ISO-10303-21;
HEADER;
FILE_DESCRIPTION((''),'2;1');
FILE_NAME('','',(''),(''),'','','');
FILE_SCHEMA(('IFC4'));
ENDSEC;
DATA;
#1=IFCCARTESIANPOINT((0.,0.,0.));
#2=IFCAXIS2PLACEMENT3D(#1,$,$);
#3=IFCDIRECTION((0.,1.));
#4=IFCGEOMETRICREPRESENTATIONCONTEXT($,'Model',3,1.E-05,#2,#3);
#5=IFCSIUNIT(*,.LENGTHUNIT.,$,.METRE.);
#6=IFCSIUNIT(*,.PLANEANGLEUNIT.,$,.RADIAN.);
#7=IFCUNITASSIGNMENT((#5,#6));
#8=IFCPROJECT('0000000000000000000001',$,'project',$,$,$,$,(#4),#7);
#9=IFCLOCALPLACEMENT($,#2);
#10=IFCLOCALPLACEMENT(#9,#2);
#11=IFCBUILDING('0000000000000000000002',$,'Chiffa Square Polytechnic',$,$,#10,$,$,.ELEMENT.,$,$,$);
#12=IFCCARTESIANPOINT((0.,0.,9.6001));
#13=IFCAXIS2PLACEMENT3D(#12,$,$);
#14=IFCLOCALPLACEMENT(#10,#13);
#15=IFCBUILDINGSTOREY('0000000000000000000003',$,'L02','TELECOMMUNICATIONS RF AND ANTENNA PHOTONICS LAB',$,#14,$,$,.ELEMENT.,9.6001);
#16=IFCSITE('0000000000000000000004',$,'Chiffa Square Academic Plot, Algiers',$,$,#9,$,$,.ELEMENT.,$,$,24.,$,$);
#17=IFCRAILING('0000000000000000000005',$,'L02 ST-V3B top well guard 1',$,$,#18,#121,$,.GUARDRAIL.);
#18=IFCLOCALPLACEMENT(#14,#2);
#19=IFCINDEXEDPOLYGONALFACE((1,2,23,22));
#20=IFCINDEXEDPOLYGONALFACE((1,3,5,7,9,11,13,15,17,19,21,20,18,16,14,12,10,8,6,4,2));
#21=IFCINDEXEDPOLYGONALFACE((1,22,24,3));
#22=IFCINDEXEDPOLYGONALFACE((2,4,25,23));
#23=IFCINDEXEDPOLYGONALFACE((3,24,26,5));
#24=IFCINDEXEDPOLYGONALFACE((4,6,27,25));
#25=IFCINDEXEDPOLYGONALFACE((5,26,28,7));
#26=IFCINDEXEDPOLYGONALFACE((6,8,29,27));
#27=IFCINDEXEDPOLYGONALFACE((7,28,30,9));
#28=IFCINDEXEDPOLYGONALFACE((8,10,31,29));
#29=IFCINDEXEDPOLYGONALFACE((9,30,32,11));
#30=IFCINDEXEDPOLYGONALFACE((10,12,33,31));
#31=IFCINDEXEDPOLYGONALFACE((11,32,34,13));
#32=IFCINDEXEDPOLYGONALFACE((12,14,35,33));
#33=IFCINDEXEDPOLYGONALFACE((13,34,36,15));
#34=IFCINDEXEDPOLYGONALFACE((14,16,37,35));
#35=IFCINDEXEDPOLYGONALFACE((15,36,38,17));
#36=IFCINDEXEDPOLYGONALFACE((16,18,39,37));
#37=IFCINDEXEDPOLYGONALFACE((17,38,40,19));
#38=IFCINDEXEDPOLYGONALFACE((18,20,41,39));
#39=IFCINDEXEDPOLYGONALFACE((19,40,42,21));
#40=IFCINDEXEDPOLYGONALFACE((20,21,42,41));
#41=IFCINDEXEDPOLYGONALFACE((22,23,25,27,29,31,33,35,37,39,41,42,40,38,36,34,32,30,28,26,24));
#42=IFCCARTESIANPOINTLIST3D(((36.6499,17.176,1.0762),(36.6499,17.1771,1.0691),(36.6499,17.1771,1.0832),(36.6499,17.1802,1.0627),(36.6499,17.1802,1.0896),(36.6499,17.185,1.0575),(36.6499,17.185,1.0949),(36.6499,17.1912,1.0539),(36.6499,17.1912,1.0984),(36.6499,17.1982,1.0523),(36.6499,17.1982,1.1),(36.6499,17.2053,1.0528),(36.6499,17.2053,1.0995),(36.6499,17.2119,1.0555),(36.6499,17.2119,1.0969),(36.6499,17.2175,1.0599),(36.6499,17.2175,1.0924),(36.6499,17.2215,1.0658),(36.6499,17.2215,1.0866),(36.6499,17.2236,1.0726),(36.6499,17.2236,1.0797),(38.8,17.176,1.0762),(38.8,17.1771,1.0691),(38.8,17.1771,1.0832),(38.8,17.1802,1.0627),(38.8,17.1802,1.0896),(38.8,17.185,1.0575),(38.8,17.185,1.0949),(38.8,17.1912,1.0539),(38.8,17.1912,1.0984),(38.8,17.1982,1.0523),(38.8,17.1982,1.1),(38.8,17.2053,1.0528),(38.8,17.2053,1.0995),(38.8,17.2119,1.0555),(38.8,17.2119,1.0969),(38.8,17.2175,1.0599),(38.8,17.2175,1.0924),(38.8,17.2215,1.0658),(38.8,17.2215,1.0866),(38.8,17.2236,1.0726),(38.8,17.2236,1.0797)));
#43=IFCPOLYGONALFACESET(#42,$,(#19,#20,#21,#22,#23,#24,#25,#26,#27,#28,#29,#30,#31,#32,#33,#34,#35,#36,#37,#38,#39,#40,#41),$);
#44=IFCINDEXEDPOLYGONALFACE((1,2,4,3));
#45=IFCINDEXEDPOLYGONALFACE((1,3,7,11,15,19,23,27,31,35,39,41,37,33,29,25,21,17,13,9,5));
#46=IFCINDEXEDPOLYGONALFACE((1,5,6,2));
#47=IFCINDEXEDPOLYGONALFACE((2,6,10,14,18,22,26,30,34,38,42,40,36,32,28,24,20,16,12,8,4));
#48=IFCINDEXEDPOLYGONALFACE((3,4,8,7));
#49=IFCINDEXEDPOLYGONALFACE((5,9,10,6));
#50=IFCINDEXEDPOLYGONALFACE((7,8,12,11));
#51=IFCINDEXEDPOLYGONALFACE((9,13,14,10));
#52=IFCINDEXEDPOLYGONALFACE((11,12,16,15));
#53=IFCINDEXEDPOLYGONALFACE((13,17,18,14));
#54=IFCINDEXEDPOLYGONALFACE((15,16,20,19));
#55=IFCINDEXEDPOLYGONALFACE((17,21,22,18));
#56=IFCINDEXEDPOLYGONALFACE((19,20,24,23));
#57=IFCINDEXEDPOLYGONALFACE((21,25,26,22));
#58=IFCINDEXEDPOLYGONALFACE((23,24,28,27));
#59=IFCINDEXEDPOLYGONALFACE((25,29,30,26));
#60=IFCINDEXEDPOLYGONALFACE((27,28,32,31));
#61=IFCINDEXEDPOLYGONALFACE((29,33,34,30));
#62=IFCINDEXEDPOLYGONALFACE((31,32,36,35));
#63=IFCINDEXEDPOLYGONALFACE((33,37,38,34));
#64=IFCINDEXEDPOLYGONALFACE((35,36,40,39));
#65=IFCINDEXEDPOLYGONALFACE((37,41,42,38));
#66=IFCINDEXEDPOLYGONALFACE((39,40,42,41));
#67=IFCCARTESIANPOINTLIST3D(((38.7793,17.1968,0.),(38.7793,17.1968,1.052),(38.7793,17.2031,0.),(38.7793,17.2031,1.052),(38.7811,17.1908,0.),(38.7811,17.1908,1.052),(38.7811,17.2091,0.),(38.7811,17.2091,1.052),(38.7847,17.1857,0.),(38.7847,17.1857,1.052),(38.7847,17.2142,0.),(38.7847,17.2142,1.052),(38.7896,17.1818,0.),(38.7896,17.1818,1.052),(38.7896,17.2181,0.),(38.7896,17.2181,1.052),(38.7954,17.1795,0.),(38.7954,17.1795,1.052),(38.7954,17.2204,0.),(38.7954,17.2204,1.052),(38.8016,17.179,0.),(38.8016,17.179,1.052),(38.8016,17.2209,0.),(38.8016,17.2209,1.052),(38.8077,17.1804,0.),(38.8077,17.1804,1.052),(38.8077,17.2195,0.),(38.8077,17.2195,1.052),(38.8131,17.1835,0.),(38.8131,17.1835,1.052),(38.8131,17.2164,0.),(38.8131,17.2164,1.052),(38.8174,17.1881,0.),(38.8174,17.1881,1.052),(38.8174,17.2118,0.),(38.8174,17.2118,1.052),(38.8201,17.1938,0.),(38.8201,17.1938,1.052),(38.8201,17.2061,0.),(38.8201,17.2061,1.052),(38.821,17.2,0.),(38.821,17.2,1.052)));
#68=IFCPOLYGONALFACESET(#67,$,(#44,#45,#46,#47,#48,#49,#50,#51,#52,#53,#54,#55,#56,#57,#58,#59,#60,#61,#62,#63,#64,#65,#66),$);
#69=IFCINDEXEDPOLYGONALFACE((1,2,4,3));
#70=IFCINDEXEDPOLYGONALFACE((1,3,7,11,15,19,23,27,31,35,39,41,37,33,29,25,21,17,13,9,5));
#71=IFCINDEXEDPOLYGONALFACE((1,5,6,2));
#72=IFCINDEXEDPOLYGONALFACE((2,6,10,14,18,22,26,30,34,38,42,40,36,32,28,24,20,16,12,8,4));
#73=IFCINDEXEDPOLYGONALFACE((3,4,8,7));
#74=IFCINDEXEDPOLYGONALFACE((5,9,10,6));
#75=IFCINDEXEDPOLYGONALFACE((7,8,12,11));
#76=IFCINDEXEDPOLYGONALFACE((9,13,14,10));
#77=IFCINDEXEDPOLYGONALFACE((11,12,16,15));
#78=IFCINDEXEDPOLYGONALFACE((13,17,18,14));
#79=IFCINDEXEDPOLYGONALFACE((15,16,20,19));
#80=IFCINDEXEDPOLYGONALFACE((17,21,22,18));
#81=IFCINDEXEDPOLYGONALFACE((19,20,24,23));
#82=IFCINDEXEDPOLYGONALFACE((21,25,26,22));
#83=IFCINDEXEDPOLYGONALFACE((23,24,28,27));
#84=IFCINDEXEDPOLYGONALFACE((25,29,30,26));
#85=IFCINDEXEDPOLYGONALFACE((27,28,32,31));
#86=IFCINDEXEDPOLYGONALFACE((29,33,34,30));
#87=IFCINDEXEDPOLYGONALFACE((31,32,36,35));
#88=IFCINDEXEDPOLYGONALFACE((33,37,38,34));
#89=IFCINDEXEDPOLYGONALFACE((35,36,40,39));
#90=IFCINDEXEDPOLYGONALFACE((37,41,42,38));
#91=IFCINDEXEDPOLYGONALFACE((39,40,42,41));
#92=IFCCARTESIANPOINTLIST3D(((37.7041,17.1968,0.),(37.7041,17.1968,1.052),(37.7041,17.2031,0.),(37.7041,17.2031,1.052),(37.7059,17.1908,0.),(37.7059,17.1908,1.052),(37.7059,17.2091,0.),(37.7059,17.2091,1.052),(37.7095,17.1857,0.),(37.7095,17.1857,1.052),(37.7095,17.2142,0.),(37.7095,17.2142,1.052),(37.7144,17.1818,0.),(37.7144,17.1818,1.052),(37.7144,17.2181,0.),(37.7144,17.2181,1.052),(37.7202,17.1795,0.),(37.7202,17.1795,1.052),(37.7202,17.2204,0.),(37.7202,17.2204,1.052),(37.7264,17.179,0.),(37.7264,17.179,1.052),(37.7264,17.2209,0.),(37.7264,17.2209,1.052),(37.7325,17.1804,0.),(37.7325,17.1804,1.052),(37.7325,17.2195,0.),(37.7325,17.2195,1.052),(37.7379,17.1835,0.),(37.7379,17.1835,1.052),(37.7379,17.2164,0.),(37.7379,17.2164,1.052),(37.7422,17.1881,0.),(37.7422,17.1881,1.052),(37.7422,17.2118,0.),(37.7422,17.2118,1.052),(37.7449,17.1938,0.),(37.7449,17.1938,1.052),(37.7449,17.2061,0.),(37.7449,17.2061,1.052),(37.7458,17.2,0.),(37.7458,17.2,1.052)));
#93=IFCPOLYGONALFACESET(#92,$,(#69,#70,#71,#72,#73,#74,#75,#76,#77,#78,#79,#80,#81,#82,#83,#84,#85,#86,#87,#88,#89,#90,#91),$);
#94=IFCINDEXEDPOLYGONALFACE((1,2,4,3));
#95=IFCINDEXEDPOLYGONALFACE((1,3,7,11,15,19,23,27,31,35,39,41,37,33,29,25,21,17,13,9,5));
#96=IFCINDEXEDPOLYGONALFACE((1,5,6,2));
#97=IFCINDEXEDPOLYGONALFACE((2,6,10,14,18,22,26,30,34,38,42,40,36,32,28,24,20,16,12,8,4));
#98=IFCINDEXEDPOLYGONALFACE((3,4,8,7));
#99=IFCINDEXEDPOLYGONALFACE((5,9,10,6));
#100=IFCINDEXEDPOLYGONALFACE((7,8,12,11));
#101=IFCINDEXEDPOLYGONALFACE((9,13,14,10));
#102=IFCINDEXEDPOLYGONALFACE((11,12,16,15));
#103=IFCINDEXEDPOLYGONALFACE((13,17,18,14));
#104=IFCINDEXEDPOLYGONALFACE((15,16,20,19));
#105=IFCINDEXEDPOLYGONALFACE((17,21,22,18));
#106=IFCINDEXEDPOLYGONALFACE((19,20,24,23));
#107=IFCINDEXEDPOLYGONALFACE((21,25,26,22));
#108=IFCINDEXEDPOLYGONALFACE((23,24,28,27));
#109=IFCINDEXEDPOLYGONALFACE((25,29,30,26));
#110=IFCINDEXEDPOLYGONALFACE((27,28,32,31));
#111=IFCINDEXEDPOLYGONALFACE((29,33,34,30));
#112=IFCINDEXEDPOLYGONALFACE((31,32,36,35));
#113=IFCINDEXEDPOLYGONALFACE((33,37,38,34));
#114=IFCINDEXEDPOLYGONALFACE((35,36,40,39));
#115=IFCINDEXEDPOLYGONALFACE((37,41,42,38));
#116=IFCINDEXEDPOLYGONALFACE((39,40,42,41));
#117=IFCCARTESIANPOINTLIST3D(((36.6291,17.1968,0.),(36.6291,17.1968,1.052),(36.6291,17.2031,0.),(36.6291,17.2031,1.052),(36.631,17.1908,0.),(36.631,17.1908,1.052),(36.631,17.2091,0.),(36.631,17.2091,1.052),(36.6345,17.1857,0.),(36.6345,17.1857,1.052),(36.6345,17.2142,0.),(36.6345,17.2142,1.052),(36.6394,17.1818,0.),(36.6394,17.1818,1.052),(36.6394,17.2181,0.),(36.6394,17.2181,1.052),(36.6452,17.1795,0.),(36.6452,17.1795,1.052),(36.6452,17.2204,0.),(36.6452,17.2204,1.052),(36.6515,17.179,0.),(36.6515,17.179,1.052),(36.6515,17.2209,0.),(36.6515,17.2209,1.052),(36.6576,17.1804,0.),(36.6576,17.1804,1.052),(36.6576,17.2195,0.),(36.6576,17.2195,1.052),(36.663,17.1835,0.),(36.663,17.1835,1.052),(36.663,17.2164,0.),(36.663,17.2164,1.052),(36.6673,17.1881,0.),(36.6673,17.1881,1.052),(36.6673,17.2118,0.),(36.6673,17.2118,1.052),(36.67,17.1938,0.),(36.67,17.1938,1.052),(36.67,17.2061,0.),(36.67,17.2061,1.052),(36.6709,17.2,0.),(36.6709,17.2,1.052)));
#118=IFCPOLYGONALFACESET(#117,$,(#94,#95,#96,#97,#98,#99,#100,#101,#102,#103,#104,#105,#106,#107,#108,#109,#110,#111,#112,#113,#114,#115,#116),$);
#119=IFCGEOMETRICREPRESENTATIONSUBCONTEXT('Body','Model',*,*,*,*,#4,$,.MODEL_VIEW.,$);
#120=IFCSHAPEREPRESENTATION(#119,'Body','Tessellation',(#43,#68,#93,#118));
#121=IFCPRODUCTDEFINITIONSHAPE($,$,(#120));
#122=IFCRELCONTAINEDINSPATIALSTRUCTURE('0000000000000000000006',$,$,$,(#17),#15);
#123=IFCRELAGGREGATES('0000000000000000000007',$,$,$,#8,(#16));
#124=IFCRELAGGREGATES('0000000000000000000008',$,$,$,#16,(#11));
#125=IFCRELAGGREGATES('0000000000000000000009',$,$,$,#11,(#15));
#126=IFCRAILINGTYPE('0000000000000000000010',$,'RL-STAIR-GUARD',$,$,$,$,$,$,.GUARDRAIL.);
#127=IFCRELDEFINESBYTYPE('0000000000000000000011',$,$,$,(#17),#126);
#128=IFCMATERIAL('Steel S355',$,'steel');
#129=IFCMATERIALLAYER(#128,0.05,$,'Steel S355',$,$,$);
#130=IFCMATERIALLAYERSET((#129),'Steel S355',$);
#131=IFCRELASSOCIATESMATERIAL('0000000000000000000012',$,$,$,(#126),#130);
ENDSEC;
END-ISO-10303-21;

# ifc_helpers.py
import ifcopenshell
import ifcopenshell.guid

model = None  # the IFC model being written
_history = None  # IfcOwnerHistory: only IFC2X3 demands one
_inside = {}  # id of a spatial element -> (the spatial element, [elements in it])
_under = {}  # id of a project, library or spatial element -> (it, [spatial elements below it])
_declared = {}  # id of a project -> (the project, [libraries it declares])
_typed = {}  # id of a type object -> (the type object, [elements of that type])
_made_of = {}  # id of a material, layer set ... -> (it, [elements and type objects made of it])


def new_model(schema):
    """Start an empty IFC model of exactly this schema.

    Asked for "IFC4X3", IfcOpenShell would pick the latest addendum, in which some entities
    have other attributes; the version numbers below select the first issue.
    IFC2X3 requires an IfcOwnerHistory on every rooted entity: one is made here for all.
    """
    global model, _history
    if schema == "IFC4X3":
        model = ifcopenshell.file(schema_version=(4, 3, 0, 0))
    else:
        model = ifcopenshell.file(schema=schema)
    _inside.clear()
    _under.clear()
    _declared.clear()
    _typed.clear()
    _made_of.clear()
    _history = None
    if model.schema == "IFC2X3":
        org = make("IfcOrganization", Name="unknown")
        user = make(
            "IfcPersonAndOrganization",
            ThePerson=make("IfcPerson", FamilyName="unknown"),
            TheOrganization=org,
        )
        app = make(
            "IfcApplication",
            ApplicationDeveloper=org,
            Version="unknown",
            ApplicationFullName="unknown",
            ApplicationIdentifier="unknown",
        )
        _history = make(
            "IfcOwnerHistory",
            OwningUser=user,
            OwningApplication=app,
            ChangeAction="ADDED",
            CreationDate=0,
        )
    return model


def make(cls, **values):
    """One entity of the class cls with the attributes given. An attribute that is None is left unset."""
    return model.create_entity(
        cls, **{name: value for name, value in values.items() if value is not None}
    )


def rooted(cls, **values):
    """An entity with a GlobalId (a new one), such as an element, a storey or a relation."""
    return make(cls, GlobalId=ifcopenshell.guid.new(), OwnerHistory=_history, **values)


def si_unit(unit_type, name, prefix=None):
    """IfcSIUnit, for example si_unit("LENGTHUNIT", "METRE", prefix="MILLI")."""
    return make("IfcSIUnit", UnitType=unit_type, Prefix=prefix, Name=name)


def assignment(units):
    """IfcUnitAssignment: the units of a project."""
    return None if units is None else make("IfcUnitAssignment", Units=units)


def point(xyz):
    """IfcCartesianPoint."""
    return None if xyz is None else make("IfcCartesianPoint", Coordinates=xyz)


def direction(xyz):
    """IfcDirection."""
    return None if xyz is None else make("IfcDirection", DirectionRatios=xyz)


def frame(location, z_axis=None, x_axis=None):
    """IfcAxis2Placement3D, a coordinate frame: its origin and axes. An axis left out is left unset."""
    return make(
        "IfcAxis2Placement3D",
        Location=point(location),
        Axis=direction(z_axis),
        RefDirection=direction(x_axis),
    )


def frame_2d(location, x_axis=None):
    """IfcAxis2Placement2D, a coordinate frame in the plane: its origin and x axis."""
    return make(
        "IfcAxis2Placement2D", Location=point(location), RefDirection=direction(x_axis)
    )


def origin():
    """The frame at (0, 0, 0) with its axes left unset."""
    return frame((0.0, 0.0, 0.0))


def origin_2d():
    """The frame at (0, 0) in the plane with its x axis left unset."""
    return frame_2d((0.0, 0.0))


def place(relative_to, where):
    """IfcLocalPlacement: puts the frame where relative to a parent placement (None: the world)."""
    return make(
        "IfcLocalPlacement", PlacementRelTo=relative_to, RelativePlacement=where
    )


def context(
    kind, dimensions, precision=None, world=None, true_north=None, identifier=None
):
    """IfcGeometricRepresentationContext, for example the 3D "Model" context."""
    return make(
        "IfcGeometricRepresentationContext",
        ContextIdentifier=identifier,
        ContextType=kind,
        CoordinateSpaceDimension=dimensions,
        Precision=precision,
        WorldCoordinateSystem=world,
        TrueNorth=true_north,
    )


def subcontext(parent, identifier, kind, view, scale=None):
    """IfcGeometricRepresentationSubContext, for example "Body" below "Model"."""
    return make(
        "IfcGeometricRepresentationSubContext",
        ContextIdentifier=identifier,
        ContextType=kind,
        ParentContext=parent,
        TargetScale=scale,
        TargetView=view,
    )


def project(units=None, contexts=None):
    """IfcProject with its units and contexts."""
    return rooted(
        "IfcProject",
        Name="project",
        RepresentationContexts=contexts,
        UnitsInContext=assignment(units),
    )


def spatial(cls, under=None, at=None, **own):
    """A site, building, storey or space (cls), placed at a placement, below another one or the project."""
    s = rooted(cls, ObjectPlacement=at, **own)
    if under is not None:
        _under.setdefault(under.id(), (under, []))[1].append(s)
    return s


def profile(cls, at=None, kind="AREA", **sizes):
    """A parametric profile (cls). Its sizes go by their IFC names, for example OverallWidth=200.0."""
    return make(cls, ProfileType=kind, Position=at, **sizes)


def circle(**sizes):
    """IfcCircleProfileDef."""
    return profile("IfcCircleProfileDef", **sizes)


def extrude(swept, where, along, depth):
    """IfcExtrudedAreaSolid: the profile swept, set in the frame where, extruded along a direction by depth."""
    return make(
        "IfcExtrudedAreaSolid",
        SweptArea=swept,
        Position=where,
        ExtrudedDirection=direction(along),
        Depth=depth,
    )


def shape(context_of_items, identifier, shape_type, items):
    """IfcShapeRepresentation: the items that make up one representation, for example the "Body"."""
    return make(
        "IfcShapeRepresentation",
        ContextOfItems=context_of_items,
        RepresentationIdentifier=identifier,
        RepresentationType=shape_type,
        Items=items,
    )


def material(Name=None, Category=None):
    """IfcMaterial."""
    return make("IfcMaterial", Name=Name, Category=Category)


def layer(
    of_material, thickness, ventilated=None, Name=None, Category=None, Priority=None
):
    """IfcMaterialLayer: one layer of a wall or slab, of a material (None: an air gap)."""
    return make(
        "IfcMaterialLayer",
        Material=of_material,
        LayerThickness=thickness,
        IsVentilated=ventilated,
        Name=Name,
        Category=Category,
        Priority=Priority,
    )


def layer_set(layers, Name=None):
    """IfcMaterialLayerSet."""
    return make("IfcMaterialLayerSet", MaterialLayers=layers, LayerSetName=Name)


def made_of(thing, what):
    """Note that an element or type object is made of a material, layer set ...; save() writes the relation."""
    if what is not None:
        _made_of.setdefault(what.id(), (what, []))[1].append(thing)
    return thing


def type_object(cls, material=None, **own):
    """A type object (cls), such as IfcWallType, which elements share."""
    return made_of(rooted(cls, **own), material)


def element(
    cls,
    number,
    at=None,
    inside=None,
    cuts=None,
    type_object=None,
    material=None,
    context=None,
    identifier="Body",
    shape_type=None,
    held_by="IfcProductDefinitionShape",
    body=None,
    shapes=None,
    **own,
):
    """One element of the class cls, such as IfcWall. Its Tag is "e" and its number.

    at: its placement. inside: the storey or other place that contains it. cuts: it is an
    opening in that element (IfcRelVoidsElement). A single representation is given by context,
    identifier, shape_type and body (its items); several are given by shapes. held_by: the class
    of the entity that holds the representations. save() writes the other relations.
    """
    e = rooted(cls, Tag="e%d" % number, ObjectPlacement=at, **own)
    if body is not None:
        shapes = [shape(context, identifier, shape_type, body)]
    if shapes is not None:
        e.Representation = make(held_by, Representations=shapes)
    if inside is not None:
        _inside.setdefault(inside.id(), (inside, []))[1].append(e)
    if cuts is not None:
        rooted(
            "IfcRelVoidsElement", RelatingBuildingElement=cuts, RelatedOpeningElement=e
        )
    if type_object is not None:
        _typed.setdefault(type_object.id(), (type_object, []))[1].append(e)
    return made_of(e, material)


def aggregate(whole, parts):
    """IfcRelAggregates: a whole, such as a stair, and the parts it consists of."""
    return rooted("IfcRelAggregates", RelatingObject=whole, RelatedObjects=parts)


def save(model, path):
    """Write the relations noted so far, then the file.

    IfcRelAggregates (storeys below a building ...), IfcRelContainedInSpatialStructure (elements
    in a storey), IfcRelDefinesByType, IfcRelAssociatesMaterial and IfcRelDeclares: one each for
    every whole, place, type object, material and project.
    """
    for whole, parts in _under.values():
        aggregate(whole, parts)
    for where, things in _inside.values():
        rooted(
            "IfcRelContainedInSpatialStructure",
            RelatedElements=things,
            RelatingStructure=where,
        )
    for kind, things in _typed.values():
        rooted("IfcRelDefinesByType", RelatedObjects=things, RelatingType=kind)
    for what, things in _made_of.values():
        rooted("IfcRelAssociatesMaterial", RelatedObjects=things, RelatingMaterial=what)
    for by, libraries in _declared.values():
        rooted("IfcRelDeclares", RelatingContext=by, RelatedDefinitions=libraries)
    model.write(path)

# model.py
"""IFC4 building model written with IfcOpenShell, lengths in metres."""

from ifc_helpers import new_model, si_unit, direction, frame, origin, origin_2d, place, context, subcontext, project, spatial, circle, extrude, material, layer, layer_set, type_object, element, save


model = new_model("IFC4")

# Units and contexts
model_context = context("Model", 3, precision=1e-05, world=origin(), true_north=direction((0.0, 1.0)))
body_context = subcontext(model_context, "Body", "Model", "MODEL_VIEW")
ifc_project = project(units=[si_unit("LENGTHUNIT", "METRE"), si_unit("PLANEANGLEUNIT", "RADIAN")], contexts=[model_context])

# Site, building, storey
site_placement = place(None, origin())
site = spatial("IfcSite", under=ifc_project, at=site_placement, Name="Chiffa Square Academic Plot, Algiers", CompositionType="ELEMENT", RefElevation=24.0)
building_placement = place(site_placement, origin())
building = spatial("IfcBuilding", under=site, at=building_placement, Name="Chiffa Square Polytechnic", CompositionType="ELEMENT")
storey_placement = place(building_placement, frame((0.0, 0.0, 9.6001)))
storey = spatial("IfcBuildingStorey", under=building, at=storey_placement, Name="L02", Description="TELECOMMUNICATIONS RF AND ANTENNA PHOTONICS LAB", CompositionType="ELEMENT", Elevation=9.6001)

# Railing
ifc_material_1 = material(Name="Steel S355", Category="steel")
ifc_layer_1 = layer(ifc_material_1, 0.05, Name="Steel S355")
ifc_layer_set_1 = layer_set([ifc_layer_1], Name="Steel S355")
railing_type = type_object("IfcRailingType", Name="RL-STAIR-GUARD", PredefinedType="GUARDRAIL", material=ifc_layer_set_1)
for number, where, name in (
    (1, (38.8, 17.2, 0.0), "L02 ST-V3B top well guard 1"),
):
    element("IfcRailing", number, at=place(storey_placement, frame(where)), inside=storey, type_object=railing_type, Name=name, PredefinedType="GUARDRAIL", context=body_context, shape_type="SweptSolid", body=[
        extrude(circle(Radius=0.0239, at=origin_2d()), frame((0.0, 0.0, 1.0762), z_axis=(-1.0, 0.0, 0.0), x_axis=(0.0, -1.0, 0.0)), (0.0, 0.0, 1.0), 2.1501),
        extrude(circle(Radius=0.021, at=origin_2d()), origin(), (0.0, 0.0, 1.0), 1.052),
        extrude(circle(Radius=0.021, at=origin_2d()), frame((-1.0752, 0.0, 0.0)), (0.0, 0.0, 1.0), 1.052),
        extrude(circle(Radius=0.021, at=origin_2d()), frame((-2.1501, 0.0, 0.0)), (0.0, 0.0, 1.0), 1.052),
    ])

save(model, "model.ifc")
